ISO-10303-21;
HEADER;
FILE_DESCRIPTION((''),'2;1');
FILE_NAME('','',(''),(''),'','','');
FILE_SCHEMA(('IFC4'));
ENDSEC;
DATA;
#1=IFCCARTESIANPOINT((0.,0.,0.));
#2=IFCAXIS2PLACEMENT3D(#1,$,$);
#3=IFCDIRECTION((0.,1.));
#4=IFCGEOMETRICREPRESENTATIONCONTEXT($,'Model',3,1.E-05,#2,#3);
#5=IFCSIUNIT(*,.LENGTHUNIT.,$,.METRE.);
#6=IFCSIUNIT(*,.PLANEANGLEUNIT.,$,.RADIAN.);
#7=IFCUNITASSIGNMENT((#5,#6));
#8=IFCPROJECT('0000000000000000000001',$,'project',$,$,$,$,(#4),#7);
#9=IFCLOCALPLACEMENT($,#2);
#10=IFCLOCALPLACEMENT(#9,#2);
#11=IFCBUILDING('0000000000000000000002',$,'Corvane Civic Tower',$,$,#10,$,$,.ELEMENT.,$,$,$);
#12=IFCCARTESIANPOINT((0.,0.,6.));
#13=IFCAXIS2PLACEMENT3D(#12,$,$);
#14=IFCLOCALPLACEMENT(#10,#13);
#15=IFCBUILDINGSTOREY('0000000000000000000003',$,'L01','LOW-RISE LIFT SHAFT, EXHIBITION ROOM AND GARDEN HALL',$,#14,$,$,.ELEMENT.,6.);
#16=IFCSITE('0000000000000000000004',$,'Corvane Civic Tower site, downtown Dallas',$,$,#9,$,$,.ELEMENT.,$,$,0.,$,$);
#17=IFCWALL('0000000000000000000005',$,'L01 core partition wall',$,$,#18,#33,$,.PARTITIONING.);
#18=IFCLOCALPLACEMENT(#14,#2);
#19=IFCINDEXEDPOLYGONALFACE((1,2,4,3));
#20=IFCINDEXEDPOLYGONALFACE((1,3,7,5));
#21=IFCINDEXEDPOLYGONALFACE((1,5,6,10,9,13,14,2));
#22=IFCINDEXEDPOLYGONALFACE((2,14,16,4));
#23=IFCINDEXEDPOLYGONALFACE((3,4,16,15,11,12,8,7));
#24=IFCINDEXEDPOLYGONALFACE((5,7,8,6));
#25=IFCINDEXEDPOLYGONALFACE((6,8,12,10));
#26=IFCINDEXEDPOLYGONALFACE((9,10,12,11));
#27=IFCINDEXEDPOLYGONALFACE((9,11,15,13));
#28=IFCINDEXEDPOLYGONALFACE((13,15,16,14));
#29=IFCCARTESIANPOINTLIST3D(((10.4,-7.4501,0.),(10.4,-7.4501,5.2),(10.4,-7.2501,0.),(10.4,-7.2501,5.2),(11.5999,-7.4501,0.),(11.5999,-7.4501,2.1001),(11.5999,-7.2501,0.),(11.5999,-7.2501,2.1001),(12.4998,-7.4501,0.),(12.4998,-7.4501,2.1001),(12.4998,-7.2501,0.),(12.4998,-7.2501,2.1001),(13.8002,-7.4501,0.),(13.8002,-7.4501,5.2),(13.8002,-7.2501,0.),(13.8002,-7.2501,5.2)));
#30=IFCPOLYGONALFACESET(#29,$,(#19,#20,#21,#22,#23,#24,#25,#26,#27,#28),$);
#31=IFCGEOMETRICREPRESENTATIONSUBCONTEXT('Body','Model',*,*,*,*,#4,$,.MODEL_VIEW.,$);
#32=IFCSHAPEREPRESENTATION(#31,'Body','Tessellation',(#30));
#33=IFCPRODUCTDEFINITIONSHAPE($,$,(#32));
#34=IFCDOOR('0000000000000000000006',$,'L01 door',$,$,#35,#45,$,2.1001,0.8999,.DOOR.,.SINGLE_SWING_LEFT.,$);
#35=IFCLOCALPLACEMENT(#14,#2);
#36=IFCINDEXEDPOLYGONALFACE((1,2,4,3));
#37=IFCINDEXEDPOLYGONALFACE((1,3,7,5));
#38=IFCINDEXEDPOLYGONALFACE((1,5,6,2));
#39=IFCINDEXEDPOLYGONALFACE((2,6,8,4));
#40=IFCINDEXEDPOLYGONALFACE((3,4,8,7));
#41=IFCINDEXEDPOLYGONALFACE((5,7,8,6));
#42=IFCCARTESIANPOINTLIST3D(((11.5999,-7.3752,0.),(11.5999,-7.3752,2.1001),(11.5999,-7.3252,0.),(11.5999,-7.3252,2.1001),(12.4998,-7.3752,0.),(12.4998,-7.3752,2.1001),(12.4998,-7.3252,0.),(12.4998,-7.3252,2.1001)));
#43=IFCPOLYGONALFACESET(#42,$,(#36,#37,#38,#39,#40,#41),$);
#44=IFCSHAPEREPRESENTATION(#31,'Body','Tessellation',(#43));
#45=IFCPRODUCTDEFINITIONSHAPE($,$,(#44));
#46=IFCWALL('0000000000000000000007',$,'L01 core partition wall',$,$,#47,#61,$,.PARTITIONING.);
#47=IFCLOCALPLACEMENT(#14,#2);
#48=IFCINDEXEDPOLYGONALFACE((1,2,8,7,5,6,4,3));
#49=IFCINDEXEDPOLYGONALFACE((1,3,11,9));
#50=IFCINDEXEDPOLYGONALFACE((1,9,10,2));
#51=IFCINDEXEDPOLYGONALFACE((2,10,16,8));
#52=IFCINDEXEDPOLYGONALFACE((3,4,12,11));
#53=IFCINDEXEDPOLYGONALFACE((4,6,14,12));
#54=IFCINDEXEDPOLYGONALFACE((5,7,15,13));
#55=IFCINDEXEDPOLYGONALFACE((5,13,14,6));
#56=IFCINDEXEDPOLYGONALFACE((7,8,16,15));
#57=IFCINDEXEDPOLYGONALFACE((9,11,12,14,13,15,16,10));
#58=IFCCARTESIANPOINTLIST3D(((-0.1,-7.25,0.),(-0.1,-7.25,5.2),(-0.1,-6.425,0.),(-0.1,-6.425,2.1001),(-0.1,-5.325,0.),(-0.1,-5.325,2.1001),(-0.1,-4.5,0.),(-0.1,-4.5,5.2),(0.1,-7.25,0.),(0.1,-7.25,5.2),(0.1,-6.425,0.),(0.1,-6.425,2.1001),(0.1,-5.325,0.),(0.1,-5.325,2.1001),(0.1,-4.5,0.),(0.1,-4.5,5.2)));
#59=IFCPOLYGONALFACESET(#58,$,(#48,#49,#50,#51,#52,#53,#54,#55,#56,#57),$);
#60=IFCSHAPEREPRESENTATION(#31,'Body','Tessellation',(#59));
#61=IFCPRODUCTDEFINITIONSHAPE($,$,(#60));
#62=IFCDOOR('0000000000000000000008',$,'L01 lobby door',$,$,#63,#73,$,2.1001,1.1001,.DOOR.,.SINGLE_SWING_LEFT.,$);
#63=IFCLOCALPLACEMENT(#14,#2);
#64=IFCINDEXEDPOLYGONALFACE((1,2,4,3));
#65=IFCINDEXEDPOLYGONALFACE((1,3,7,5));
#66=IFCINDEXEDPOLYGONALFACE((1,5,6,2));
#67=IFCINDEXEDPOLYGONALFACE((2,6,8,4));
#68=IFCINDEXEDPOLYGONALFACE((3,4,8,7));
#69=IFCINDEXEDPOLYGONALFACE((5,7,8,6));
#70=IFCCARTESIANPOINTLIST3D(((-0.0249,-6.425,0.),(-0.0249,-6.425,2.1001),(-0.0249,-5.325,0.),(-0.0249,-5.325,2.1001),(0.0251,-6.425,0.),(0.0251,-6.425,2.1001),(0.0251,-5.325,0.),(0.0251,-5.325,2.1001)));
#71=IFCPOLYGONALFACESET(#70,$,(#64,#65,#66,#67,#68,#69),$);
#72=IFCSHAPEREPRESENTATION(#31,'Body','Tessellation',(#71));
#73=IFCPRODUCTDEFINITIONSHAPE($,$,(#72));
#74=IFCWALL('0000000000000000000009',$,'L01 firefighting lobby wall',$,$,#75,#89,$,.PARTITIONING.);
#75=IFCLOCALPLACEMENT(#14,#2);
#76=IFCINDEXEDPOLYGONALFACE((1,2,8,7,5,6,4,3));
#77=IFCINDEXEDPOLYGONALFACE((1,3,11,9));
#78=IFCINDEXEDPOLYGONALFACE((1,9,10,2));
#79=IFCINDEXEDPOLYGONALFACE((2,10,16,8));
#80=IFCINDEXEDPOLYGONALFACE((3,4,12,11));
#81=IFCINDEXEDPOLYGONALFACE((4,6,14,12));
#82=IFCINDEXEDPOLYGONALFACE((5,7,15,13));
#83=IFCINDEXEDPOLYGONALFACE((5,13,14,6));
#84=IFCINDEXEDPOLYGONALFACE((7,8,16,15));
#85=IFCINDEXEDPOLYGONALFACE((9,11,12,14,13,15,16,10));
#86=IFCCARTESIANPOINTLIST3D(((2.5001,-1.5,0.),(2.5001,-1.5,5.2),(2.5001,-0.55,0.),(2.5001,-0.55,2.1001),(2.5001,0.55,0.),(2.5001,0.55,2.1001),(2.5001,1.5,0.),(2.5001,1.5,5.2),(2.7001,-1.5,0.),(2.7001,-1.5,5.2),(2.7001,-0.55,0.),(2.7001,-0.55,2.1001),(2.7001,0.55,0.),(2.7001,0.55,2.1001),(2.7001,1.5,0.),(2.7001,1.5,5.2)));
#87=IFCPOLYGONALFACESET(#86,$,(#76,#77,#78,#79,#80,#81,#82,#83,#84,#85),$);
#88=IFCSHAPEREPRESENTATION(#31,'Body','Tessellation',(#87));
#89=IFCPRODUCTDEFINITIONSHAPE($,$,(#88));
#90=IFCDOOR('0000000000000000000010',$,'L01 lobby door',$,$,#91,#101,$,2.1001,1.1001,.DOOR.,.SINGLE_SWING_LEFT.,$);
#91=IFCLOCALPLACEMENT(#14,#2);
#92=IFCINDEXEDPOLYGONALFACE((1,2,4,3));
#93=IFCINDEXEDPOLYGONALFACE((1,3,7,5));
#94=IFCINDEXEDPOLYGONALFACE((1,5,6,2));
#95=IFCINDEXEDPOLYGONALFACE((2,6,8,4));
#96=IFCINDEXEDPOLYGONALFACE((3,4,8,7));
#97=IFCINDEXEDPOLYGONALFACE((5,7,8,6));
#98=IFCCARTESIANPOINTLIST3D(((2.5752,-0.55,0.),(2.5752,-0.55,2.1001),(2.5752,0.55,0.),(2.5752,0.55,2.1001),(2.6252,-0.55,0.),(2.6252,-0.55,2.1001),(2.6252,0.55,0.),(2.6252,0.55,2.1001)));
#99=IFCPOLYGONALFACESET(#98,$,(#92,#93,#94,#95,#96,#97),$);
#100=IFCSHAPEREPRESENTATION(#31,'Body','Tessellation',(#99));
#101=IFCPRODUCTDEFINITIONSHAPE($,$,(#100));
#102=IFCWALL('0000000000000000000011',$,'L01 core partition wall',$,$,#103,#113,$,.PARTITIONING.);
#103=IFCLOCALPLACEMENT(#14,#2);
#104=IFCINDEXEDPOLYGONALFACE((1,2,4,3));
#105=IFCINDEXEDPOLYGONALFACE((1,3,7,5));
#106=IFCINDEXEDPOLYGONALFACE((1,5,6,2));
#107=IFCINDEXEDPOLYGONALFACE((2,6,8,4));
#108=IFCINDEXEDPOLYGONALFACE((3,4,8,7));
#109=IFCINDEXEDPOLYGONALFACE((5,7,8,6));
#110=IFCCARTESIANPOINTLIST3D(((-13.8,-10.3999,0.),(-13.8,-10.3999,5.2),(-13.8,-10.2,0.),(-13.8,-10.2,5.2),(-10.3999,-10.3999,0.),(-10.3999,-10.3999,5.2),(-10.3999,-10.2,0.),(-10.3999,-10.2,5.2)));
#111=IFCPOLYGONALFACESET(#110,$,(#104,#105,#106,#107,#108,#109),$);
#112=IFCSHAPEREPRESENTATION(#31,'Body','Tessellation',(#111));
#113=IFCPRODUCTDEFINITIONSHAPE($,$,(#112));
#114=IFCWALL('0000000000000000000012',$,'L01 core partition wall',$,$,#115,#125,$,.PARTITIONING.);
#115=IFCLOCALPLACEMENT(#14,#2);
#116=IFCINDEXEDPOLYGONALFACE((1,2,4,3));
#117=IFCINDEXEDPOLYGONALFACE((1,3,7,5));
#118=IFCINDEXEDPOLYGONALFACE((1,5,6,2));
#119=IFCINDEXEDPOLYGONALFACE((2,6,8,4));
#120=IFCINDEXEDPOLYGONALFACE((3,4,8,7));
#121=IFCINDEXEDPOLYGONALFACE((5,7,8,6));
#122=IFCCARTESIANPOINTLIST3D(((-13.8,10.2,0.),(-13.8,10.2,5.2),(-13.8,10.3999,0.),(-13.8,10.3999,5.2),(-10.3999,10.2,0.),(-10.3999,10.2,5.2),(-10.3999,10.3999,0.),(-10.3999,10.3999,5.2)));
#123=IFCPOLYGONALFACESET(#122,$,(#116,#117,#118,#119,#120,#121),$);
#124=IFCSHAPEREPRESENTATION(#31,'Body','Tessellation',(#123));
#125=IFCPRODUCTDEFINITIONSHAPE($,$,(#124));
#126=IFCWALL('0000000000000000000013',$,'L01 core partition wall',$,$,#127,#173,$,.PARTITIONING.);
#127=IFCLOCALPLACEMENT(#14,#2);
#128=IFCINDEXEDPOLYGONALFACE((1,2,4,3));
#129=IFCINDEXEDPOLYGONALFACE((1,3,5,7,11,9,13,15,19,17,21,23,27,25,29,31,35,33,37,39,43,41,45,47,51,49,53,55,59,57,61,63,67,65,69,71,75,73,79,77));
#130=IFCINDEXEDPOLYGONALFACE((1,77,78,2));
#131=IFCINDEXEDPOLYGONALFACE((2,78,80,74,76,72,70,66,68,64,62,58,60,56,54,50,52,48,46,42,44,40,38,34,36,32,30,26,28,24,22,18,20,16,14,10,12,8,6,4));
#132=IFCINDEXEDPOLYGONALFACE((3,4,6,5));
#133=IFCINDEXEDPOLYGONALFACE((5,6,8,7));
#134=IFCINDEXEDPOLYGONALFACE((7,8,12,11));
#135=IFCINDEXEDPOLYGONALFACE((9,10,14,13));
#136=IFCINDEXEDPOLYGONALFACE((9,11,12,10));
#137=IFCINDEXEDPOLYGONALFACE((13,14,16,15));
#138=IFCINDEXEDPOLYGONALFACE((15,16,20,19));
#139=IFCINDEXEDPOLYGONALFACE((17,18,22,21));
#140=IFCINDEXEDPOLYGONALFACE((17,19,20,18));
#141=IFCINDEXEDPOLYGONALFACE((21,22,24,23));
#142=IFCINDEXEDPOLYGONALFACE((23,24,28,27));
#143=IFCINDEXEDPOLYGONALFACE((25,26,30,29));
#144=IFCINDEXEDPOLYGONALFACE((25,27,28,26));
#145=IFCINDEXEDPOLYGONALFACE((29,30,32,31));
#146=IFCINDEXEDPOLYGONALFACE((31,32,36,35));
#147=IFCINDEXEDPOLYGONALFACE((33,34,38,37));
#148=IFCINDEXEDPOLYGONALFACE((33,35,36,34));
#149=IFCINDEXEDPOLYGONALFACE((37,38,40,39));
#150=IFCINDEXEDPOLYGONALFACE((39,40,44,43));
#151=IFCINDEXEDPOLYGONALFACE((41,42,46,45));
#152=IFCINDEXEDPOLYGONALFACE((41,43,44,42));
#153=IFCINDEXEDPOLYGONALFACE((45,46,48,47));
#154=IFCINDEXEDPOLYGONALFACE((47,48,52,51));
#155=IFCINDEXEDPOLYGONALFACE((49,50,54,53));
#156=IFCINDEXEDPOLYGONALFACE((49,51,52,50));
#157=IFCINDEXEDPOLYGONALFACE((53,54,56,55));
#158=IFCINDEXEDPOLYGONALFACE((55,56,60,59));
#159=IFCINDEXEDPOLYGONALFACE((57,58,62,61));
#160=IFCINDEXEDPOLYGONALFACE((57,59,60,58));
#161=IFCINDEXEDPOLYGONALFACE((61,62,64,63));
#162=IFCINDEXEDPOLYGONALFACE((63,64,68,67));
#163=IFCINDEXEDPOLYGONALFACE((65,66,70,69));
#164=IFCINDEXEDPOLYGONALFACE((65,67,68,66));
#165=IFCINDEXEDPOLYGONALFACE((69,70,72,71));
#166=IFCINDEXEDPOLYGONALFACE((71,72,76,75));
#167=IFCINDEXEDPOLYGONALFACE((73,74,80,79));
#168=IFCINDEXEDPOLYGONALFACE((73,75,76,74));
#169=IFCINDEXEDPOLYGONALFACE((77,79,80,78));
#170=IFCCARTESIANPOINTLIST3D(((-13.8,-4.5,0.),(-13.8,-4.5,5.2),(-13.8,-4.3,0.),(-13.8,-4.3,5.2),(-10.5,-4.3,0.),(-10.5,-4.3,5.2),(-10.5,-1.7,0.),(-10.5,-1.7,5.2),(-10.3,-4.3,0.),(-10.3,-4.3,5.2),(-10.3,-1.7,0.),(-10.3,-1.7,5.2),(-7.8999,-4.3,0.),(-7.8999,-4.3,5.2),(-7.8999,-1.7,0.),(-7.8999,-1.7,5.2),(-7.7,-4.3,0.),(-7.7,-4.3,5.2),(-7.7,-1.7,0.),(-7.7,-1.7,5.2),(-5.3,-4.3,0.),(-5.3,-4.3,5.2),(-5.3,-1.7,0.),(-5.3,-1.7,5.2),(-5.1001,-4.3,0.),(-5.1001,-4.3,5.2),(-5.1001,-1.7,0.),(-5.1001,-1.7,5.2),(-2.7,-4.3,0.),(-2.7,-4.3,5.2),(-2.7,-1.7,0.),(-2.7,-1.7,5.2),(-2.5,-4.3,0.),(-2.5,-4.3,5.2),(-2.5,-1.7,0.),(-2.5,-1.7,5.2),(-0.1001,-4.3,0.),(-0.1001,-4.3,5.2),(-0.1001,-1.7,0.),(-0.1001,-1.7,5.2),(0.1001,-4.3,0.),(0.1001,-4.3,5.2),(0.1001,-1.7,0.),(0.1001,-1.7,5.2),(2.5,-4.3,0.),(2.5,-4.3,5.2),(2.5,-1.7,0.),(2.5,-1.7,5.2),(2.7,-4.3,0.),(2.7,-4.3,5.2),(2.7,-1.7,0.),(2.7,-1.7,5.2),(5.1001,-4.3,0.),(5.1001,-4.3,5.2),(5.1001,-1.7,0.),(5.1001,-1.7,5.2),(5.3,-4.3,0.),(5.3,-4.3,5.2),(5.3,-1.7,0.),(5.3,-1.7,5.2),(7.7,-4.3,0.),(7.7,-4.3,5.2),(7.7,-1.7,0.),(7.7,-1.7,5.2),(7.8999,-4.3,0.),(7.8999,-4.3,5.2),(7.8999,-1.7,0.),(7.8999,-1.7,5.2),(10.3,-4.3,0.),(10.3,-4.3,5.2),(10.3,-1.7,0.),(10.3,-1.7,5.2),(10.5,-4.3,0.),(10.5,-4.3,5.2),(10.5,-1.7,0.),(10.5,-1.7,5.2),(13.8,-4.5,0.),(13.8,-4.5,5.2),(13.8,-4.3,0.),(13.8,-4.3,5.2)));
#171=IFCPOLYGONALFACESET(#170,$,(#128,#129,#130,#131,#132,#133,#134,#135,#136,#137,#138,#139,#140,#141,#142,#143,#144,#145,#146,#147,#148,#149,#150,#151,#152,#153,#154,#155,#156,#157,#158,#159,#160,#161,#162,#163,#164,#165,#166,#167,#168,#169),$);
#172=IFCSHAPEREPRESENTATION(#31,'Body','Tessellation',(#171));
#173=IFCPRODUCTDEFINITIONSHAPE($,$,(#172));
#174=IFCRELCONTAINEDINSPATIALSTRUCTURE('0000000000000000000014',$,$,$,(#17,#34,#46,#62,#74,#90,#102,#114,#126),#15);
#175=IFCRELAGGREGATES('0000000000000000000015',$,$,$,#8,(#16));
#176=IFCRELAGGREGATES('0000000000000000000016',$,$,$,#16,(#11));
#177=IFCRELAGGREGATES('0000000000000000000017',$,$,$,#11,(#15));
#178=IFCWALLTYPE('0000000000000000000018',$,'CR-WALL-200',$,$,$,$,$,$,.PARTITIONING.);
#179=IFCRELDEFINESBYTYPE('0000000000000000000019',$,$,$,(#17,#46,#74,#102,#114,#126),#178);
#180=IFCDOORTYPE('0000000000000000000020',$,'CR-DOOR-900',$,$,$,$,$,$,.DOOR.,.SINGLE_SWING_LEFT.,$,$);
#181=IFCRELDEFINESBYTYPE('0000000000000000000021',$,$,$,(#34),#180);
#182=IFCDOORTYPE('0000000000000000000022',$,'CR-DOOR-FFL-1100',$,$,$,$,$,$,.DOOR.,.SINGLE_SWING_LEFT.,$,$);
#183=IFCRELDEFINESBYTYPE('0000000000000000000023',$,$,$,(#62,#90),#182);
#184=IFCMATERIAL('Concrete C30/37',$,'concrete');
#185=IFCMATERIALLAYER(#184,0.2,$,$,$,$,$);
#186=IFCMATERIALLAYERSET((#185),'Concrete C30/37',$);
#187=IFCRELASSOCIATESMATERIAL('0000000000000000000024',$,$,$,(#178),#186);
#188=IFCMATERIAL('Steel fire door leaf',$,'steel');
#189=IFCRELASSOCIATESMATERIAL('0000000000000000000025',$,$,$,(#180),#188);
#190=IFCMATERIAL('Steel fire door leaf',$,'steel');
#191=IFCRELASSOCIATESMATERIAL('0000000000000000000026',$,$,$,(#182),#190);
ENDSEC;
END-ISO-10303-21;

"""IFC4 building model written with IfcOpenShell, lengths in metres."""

from ifc_helpers import new_model, si_unit, direction, frame, frame_2d, origin, place, context, subcontext, project, spatial, polyline, rectangle, outline, extrude, material, layer, layer_set, type_object, element, fill, save


model = new_model("IFC4")

# Units and contexts
model_context = context("Model", 3, precision=1e-05, world=origin(), true_north=direction((0.0, 1.0)))
body_context = subcontext(model_context, "Body", "Model", "MODEL_VIEW")
ifc_project = project(units=[si_unit("LENGTHUNIT", "METRE"), si_unit("PLANEANGLEUNIT", "RADIAN")], contexts=[model_context])

# Site, building, storey
site_placement = place(None, origin())
site = spatial("IfcSite", under=ifc_project, at=site_placement, Name="Corvane Civic Tower site, downtown Dallas", CompositionType="ELEMENT", RefElevation=0.0)
building_placement = place(site_placement, origin())
building = spatial("IfcBuilding", under=site, at=building_placement, Name="Corvane Civic Tower", CompositionType="ELEMENT")
storey_placement = place(building_placement, frame((0.0, 0.0, 6.0)))
storey = spatial("IfcBuildingStorey", under=building, at=storey_placement, Name="L01", Description="LOW-RISE LIFT SHAFT, EXHIBITION ROOM AND GARDEN HALL", CompositionType="ELEMENT", Elevation=6.0)

# Walls, openings, doors
ifc_material_1 = material(Name="Concrete C30/37", Category="concrete")
ifc_layer_1 = layer(ifc_material_1, 0.2)
ifc_layer_set_1 = layer_set([ifc_layer_1], Name="Concrete C30/37")
wall_type_1 = type_object("IfcWallType", Name="CR-WALL-200", PredefinedType="PARTITIONING", material=ifc_layer_set_1)
wall_1_placement = place(storey_placement, frame((10.3999, -7.3501, 0.0), z_axis=(0.0, 0.0, 1.0), x_axis=(1.0, 0.0, 0.0)))
wall_1 = element("IfcWall", 1, at=wall_1_placement, inside=storey, type_object=wall_type_1, Name="L01 core partition wall", PredefinedType="PARTITIONING", context=body_context, shape_type="SweptSolid", body=[
    extrude(rectangle(XDim=3.4001, YDim=0.2, at=frame_2d((1.7002, 0.0))), origin(), (0.0, 0.0, 1.0), 5.2),
])
opening_1_placement = place(wall_1_placement, frame((1.2, 0.0, 0.0)))
opening_1 = element("IfcOpeningElement", 2, at=opening_1_placement, cuts=wall_1, PredefinedType="OPENING", context=body_context, shape_type="SweptSolid", body=[
    extrude(rectangle(XDim=0.8999, YDim=2.1001, at=frame_2d((0.45, 1.05))), frame((0.0, 0.1099, 0.0), z_axis=(0.0, -1.0, 0.0), x_axis=(1.0, 0.0, 0.0)), (0.0, 0.0, 1.0), 0.22),
])
ifc_material_2 = material(Name="Steel fire door leaf", Category="steel")
door_type_1 = type_object("IfcDoorType", Name="CR-DOOR-900", OperationType="SINGLE_SWING_LEFT", PredefinedType="DOOR", material=ifc_material_2)
door_1_placement = place(opening_1_placement, origin())
door_1 = element("IfcDoor", 3, at=door_1_placement, inside=storey, type_object=door_type_1, Name="L01 door", OperationType="SINGLE_SWING_LEFT", OverallHeight=2.1001, OverallWidth=0.8999, PredefinedType="DOOR", context=body_context, shape_type="SweptSolid", body=[
    extrude(rectangle(XDim=0.8999, YDim=2.1001, at=frame_2d((0.45, 1.05))), frame((0.0, 0.0249, 0.0), z_axis=(0.0, -1.0, 0.0), x_axis=(1.0, 0.0, 0.0)), (0.0, 0.0, 1.0), 0.05),
])
fill(opening_1, door_1)
wall_2_placement = place(storey_placement, frame((0.0, -7.25, 0.0), z_axis=(0.0, 0.0, 1.0), x_axis=(0.0, 1.0, 0.0)))
wall_2 = element("IfcWall", 4, at=wall_2_placement, inside=storey, type_object=wall_type_1, Name="L01 core partition wall", PredefinedType="PARTITIONING", context=body_context, shape_type="SweptSolid", body=[
    extrude(rectangle(XDim=2.75, YDim=0.2, at=frame_2d((1.375, 0.0))), origin(), (0.0, 0.0, 1.0), 5.2),
])
opening_2_placement = place(wall_2_placement, frame((0.825, 0.0, 0.0)))
opening_2 = element("IfcOpeningElement", 5, at=opening_2_placement, cuts=wall_2, PredefinedType="OPENING", context=body_context, shape_type="SweptSolid", body=[
    extrude(rectangle(XDim=1.1001, YDim=2.1001, at=frame_2d((0.55, 1.05))), frame((0.0, 0.1099, 0.0), z_axis=(0.0, -1.0, 0.0), x_axis=(1.0, 0.0, 0.0)), (0.0, 0.0, 1.0), 0.22),
])
ifc_material_3 = material(Name="Steel fire door leaf", Category="steel")
door_type_2 = type_object("IfcDoorType", Name="CR-DOOR-FFL-1100", OperationType="SINGLE_SWING_LEFT", PredefinedType="DOOR", material=ifc_material_3)
door_2_placement = place(opening_2_placement, origin())
door_2 = element("IfcDoor", 6, at=door_2_placement, inside=storey, type_object=door_type_2, Name="L01 lobby door", OperationType="SINGLE_SWING_LEFT", OverallHeight=2.1001, OverallWidth=1.1001, PredefinedType="DOOR", context=body_context, shape_type="SweptSolid", body=[
    extrude(rectangle(XDim=1.1001, YDim=2.1001, at=frame_2d((0.55, 1.05))), frame((0.0, 0.0249, 0.0), z_axis=(0.0, -1.0, 0.0), x_axis=(1.0, 0.0, 0.0)), (0.0, 0.0, 1.0), 0.05),
])
fill(opening_2, door_2)
wall_3_placement = place(storey_placement, frame((2.6001, -1.5, 0.0), z_axis=(0.0, 0.0, 1.0), x_axis=(0.0, 1.0, 0.0)))
wall_3 = element("IfcWall", 7, at=wall_3_placement, inside=storey, type_object=wall_type_1, Name="L01 firefighting lobby wall", PredefinedType="PARTITIONING", context=body_context, shape_type="SweptSolid", body=[
    extrude(rectangle(XDim=3.0, YDim=0.2, at=frame_2d((1.5, 0.0))), origin(), (0.0, 0.0, 1.0), 5.2),
])
opening_3_placement = place(wall_3_placement, frame((0.95, 0.0, 0.0)))
opening_3 = element("IfcOpeningElement", 8, at=opening_3_placement, cuts=wall_3, PredefinedType="OPENING", context=body_context, shape_type="SweptSolid", body=[
    extrude(rectangle(XDim=1.1001, YDim=2.1001, at=frame_2d((0.55, 1.05))), frame((0.0, 0.1099, 0.0), z_axis=(0.0, -1.0, 0.0), x_axis=(1.0, 0.0, 0.0)), (0.0, 0.0, 1.0), 0.22),
])
door_3_placement = place(opening_3_placement, origin())
door_3 = element("IfcDoor", 9, at=door_3_placement, inside=storey, type_object=door_type_2, Name="L01 lobby door", OperationType="SINGLE_SWING_LEFT", OverallHeight=2.1001, OverallWidth=1.1001, PredefinedType="DOOR", context=body_context, shape_type="SweptSolid", body=[
    extrude(rectangle(XDim=1.1001, YDim=2.1001, at=frame_2d((0.55, 1.05))), frame((0.0, 0.0249, 0.0), z_axis=(0.0, -1.0, 0.0), x_axis=(1.0, 0.0, 0.0)), (0.0, 0.0, 1.0), 0.05),
])
fill(opening_3, door_3)

# Walls
wall_4_placement = place(storey_placement, origin())
element("IfcWall", 10, at=wall_4_placement, inside=storey, type_object=wall_type_1, Name="L01 core partition wall", PredefinedType="PARTITIONING", context=body_context, shape_type="SweptSolid", body=[
    extrude(outline(polyline([(-10.3999, -10.3999), (-13.8, -10.3999), (-13.8, -10.2), (-10.3999, -10.2), (-10.3999, -10.3999)])), origin(), (0.0, 0.0, 1.0), 5.2),
])
wall_5_placement = place(storey_placement, origin())
element("IfcWall", 11, at=wall_5_placement, inside=storey, type_object=wall_type_1, Name="L01 core partition wall", PredefinedType="PARTITIONING", context=body_context, shape_type="SweptSolid", body=[
    extrude(outline(polyline([(-13.8, 10.2), (-13.8, 10.3999), (-10.3999, 10.3999), (-10.3999, 10.2), (-13.8, 10.2)])), origin(), (0.0, 0.0, 1.0), 5.2),
])
wall_6_placement = place(storey_placement, origin())
element("IfcWall", 12, at=wall_6_placement, inside=storey, type_object=wall_type_1, Name="L01 core partition wall", PredefinedType="PARTITIONING", context=body_context, shape_type="SweptSolid", body=[
    extrude(outline(polyline([(-10.5, -1.7), (-10.3, -1.7), (-10.3, -4.3), (-7.8999, -4.3), (-7.8999, -1.7), (-7.7, -1.7), (-7.7, -4.3), (-5.3, -4.3), (-5.3, -1.7), (-5.1001, -1.7), (-5.1001, -4.3), (-2.7, -4.3), (-2.7, -1.7), (-2.5, -1.7), (-2.5, -4.3), (-0.1001, -4.3), (-0.1001, -1.7), (0.1001, -1.7), (0.1001, -4.3), (2.5, -4.3), (2.5, -1.7), (2.7, -1.7), (2.7, -4.3), (5.1001, -4.3), (5.1001, -1.7), (5.3, -1.7), (5.3, -4.3), (7.7, -4.3), (7.7, -1.7), (7.8999, -1.7), (7.8999, -4.3), (10.3, -4.3), (10.3, -1.7), (10.5, -1.7), (10.5, -4.3), (13.8, -4.3), (13.8, -4.5), (-13.8, -4.5), (-13.8, -4.3), (-10.5, -4.3), (-10.5, -1.7)])), origin(), (0.0, 0.0, 1.0), 5.2),
])

save(model, "model.ifc")
